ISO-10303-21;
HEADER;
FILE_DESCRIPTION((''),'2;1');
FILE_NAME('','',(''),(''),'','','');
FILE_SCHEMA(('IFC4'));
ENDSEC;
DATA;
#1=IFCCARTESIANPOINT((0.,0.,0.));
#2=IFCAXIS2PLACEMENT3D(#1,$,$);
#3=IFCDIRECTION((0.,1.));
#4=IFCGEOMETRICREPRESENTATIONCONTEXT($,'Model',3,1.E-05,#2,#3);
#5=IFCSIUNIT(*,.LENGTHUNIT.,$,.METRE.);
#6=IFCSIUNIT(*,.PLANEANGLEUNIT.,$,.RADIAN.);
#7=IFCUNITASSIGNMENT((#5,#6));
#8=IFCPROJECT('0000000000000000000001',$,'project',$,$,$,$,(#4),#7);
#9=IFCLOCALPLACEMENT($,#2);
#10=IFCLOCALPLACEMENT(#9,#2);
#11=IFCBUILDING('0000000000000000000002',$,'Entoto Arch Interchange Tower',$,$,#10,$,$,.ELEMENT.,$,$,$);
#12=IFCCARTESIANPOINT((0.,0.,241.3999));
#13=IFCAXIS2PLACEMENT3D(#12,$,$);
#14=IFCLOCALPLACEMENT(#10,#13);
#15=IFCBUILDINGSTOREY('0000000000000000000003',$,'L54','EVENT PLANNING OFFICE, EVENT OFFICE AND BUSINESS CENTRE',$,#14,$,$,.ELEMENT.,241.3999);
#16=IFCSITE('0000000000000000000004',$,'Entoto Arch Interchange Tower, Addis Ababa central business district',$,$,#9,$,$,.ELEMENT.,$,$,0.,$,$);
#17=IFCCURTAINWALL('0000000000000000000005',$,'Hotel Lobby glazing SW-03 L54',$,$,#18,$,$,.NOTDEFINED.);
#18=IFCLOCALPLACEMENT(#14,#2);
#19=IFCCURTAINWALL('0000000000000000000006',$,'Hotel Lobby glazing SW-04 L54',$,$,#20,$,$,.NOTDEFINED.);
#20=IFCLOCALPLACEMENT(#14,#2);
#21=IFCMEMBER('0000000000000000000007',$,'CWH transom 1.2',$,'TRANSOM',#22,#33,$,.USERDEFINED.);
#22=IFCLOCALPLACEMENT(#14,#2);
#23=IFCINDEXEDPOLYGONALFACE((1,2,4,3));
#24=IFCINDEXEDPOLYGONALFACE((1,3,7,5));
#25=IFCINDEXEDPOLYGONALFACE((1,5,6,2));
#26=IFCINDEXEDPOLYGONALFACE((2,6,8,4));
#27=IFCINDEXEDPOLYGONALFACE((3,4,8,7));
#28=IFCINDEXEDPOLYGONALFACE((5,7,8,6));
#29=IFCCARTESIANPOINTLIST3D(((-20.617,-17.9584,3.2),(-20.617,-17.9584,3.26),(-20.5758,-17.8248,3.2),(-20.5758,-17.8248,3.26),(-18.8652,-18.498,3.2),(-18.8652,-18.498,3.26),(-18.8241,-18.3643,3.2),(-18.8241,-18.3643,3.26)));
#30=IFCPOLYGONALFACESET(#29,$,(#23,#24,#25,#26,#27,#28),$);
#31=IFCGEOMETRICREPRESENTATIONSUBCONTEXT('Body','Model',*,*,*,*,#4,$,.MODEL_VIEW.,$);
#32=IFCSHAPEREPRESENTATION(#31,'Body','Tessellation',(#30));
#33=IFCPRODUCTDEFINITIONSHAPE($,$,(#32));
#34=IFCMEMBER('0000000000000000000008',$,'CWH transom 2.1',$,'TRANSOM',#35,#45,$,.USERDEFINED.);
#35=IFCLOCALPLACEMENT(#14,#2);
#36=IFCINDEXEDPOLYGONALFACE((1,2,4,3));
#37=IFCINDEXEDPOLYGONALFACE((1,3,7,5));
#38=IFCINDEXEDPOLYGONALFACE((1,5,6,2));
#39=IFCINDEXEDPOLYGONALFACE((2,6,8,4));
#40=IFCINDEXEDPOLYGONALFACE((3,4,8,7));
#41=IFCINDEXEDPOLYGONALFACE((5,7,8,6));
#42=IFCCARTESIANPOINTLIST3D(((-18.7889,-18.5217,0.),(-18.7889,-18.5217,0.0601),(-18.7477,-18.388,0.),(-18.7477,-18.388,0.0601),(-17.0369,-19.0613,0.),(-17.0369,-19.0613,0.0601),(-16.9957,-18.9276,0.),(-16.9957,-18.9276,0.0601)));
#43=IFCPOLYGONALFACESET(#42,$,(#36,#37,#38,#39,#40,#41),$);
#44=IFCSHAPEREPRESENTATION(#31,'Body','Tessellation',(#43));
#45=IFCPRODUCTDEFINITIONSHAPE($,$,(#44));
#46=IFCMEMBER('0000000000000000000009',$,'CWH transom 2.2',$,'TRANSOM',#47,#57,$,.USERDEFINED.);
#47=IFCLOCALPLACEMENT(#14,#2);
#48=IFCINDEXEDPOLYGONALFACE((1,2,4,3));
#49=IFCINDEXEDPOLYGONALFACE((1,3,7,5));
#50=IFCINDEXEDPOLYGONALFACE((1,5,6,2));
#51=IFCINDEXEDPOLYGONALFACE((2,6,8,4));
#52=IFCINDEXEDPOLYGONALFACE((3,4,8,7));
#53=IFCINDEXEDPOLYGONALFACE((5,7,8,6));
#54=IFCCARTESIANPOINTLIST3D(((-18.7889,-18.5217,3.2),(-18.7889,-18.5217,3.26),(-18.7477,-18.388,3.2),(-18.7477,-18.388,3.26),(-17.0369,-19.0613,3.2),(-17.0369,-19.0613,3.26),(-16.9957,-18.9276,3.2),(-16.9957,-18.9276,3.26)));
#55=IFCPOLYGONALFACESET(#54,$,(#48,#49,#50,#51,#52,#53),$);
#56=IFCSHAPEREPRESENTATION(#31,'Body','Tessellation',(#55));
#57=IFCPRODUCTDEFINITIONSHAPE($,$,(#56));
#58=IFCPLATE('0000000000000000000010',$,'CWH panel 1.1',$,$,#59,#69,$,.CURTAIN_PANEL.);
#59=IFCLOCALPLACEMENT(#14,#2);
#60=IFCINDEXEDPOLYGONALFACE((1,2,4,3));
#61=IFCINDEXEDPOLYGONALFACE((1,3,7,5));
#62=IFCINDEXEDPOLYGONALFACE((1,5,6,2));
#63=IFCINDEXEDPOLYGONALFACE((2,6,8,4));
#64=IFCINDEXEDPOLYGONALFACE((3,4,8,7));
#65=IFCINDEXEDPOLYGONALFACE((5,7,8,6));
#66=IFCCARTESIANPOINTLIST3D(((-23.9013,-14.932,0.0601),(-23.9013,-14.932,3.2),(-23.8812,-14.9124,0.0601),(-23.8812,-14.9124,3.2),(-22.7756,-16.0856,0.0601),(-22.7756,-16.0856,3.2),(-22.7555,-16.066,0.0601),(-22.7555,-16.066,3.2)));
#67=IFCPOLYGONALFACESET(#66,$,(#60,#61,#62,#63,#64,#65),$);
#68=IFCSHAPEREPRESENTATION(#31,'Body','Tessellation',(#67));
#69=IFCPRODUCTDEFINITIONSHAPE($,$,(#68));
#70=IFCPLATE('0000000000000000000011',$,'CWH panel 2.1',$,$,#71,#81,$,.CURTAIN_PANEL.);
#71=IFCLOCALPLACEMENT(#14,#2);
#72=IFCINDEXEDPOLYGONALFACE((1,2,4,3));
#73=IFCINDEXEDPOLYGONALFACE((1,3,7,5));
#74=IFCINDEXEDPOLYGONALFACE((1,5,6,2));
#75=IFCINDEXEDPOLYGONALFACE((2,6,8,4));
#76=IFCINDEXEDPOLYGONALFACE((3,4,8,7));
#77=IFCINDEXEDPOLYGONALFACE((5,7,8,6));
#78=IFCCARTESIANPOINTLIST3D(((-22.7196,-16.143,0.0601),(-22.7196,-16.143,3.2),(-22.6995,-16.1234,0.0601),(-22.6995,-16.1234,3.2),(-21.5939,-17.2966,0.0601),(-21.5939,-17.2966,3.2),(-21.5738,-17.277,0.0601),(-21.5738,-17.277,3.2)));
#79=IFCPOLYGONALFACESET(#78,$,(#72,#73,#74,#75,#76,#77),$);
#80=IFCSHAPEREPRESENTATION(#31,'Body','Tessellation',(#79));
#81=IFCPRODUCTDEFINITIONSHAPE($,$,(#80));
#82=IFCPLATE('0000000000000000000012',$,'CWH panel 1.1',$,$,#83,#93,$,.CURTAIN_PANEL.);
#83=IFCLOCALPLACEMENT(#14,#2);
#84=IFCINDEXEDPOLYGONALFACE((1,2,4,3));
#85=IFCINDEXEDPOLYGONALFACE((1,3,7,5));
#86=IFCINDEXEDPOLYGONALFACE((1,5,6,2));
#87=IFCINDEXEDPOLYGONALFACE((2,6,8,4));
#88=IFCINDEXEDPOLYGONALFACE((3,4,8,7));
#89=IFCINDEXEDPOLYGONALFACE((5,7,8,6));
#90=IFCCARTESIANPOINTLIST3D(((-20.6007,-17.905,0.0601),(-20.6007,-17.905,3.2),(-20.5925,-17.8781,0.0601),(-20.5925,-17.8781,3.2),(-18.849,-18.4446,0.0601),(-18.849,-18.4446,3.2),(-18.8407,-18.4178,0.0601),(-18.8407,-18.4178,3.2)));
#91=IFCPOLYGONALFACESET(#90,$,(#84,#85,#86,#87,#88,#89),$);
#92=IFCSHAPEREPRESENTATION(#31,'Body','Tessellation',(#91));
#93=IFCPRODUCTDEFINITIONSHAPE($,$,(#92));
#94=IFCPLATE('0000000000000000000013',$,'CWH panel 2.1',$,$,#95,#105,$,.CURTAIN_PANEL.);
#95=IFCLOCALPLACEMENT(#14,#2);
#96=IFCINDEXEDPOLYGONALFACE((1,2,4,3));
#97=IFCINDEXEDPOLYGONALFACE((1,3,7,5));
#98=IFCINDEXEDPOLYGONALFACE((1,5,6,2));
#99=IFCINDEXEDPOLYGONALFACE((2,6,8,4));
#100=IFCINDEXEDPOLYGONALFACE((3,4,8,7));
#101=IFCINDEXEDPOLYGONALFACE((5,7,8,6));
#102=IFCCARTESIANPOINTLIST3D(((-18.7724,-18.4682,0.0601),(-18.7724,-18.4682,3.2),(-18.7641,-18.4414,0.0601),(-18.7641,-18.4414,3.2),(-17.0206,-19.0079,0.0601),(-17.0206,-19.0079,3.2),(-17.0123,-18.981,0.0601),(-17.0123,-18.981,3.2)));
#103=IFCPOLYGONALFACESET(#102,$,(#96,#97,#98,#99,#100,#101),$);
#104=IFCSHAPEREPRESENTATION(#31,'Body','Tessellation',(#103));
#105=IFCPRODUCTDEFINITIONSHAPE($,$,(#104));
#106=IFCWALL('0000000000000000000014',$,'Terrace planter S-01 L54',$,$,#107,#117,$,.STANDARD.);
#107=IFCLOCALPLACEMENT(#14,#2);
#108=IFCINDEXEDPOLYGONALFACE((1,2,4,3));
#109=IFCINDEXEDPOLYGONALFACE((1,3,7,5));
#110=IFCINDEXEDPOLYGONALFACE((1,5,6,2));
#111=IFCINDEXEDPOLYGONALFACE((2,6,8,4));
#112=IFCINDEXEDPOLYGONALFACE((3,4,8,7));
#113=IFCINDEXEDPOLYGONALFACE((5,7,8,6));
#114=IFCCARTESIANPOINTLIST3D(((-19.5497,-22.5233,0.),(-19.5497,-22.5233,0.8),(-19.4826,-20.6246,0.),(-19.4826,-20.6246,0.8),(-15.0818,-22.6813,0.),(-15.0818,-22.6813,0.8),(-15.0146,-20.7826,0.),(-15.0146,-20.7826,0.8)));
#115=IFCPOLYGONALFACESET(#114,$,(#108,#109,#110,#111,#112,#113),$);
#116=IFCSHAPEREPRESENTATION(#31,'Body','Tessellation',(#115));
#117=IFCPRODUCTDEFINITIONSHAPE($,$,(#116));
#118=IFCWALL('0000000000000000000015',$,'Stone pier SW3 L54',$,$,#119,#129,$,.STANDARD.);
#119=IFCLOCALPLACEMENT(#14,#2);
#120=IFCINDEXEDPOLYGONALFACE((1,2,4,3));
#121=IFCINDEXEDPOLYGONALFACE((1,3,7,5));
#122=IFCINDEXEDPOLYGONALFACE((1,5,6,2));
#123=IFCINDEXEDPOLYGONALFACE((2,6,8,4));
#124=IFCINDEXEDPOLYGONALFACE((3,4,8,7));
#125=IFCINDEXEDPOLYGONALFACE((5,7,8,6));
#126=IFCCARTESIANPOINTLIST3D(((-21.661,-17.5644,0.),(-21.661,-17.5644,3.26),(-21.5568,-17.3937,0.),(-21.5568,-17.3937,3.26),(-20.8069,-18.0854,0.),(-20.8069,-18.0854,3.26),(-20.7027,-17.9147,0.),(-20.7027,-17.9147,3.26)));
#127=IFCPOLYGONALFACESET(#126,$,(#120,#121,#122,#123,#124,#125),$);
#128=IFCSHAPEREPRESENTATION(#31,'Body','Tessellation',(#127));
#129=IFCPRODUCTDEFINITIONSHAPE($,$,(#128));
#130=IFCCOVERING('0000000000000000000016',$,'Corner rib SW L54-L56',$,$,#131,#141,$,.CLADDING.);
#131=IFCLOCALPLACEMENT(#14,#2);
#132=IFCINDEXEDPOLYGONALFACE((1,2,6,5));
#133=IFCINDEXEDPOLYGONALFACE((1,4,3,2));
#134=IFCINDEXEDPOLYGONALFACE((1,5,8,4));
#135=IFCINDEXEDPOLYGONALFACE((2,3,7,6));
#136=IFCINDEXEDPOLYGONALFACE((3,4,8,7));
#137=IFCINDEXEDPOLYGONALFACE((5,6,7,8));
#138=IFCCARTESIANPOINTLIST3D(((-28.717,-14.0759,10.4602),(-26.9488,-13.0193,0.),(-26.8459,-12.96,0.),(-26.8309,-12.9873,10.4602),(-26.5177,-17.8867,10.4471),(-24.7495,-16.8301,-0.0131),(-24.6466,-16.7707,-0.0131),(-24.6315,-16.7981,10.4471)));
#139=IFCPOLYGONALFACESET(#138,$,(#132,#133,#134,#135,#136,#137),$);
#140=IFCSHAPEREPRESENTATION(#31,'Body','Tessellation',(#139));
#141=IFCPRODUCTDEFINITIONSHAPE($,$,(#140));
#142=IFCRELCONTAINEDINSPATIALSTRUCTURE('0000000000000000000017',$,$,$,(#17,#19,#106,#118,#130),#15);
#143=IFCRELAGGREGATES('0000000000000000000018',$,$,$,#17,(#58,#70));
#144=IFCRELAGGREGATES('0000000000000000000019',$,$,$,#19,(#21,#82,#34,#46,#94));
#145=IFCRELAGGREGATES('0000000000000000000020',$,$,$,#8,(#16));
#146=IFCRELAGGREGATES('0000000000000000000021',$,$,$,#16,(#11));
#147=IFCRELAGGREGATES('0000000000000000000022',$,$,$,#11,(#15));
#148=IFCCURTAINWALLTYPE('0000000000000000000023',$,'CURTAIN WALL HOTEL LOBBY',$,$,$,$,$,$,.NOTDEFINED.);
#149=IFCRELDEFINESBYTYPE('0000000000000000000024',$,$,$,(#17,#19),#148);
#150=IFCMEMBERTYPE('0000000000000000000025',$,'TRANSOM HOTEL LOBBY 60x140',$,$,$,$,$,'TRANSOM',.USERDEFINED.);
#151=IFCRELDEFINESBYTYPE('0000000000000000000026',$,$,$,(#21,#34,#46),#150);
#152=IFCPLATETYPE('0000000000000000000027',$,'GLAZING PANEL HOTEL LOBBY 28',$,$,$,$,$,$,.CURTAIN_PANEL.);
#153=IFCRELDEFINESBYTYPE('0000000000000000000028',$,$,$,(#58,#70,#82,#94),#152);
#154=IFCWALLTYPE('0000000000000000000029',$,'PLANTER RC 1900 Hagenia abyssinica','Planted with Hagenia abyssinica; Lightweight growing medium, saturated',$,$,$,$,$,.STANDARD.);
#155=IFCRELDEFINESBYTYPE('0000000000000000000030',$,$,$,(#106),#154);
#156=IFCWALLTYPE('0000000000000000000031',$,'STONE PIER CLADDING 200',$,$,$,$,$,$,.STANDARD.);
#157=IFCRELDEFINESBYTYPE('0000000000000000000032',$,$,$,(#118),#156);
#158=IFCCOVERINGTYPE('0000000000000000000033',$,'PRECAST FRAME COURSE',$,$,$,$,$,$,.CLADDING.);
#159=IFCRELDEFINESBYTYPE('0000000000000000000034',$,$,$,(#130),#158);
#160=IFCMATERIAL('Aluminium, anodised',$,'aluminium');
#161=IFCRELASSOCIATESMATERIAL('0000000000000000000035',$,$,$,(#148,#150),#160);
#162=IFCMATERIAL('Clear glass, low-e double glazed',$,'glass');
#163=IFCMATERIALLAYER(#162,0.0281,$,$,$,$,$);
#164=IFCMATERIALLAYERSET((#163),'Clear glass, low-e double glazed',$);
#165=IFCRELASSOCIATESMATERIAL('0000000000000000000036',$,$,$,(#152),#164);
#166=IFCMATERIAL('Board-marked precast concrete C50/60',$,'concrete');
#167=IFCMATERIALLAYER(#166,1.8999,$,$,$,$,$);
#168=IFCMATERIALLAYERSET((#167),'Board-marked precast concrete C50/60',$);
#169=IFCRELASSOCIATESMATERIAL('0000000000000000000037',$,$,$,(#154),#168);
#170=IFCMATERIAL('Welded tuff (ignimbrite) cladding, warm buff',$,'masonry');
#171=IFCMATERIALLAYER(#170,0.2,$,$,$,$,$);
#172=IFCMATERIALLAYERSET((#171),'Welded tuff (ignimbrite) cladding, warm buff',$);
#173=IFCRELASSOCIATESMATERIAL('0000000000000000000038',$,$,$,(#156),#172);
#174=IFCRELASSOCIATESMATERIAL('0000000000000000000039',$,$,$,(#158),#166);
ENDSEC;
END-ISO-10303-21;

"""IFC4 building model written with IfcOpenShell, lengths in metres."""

from ifc_helpers import new_model, si_unit, direction, frame, frame_2d, origin, origin_2d, place, context, subcontext, project, spatial, polyline, rectangle, outline, extrude, material, layer, layer_set, material_profile, profile_set, type_object, element, aggregate, save


model = new_model("IFC4")

# Units and contexts
model_context = context("Model", 3, precision=1e-05, world=origin(), true_north=direction((0.0, 1.0)))
body_context = subcontext(model_context, "Body", "Model", "MODEL_VIEW")
ifc_project = project(units=[si_unit("LENGTHUNIT", "METRE"), si_unit("PLANEANGLEUNIT", "RADIAN")], contexts=[model_context])

# Site, building, storey
site_placement = place(None, origin())
site = spatial("IfcSite", under=ifc_project, at=site_placement, Name="Entoto Arch Interchange Tower, Addis Ababa central business district", CompositionType="ELEMENT", RefElevation=0.0)
building_placement = place(site_placement, origin())
building = spatial("IfcBuilding", under=site, at=building_placement, Name="Entoto Arch Interchange Tower", CompositionType="ELEMENT")
storey_placement = place(building_placement, frame((0.0, 0.0, 241.3999)))
storey = spatial("IfcBuildingStorey", under=building, at=storey_placement, Name="L54", Description="EVENT PLANNING OFFICE, EVENT OFFICE AND BUSINESS CENTRE", CompositionType="ELEMENT", Elevation=241.3999)

# Shared definitions
ifc_material_1 = material(Name="Aluminium, anodised", Category="aluminium")
curtain_wall_type = type_object("IfcCurtainWallType", Name="CURTAIN WALL HOTEL LOBBY", PredefinedType="NOTDEFINED", material=ifc_material_1)

# Curtain walls
curtain_wall_1_placement = place(storey_placement, origin())
curtain_wall_1 = element("IfcCurtainWall", 1, at=curtain_wall_1_placement, inside=storey, type_object=curtain_wall_type, Name="Hotel Lobby glazing SW-03 L54", PredefinedType="NOTDEFINED")
curtain_wall_2_placement = place(storey_placement, origin())
curtain_wall_2 = element("IfcCurtainWall", 2, at=curtain_wall_2_placement, inside=storey, type_object=curtain_wall_type, Name="Hotel Lobby glazing SW-04 L54", PredefinedType="NOTDEFINED")

# Members
ifc_material_profile_1 = material_profile(ifc_material_1, rectangle(XDim=0.1399, YDim=0.0601, at=origin_2d()))
ifc_profile_set_1 = profile_set([ifc_material_profile_1], Name="Aluminium, anodised")
member_type_1 = type_object("IfcMemberType", Name="TRANSOM HOTEL LOBBY 60x140", ElementType="TRANSOM", PredefinedType="USERDEFINED", material=ifc_profile_set_1)
member_1_placement = place(storey_placement, frame((-20.5964, -17.8916, 3.23), z_axis=(0.955693, -0.294367, 0.0), x_axis=(0.294367, 0.955693, 0.0)))
member_1 = element("IfcMember", 3, at=member_1_placement, type_object=member_type_1, Name="CWH transom 1.2", ObjectType="TRANSOM", PredefinedType="USERDEFINED", context=body_context, shape_type="SweptSolid", body=[
    extrude(rectangle(XDim=0.1399, YDim=0.0601, at=origin_2d()), origin(), (0.0, 0.0, 1.0), 1.833),
])
member_2_placement = place(storey_placement, frame((-18.7683, -18.4548, 0.03), z_axis=(0.955704, -0.294329, 0.0), x_axis=(0.294329, 0.955704, 0.0)))
member_2 = element("IfcMember", 4, at=member_2_placement, type_object=member_type_1, Name="CWH transom 2.1", ObjectType="TRANSOM", PredefinedType="USERDEFINED", context=body_context, shape_type="SweptSolid", body=[
    extrude(rectangle(XDim=0.1399, YDim=0.0601, at=origin_2d()), origin(), (0.0, 0.0, 1.0), 1.8333),
])
member_3_placement = place(storey_placement, frame((-18.7683, -18.4548, 3.23), z_axis=(0.955704, -0.294329, 0.0), x_axis=(0.294329, 0.955704, 0.0)))
member_3 = element("IfcMember", 5, at=member_3_placement, type_object=member_type_1, Name="CWH transom 2.2", ObjectType="TRANSOM", PredefinedType="USERDEFINED", context=body_context, shape_type="SweptSolid", body=[
    extrude(rectangle(XDim=0.1399, YDim=0.0601, at=origin_2d()), origin(), (0.0, 0.0, 1.0), 1.8333),
])

# Plates
ifc_material_2 = material(Name="Clear glass, low-e double glazed", Category="glass")
ifc_layer_1 = layer(ifc_material_2, 0.0281)
ifc_layer_set_1 = layer_set([ifc_layer_1], Name="Clear glass, low-e double glazed")
plate_type = type_object("IfcPlateType", Name="GLAZING PANEL HOTEL LOBBY 28", PredefinedType="CURTAIN_PANEL", material=ifc_layer_set_1)
plate_1_placement = place(storey_placement, frame((-23.3284, -15.499, 0.0601), z_axis=(0.0, 0.0, 1.0), x_axis=(0.698392, -0.715715, 0.0)))
plate_1 = element("IfcPlate", 6, at=plate_1_placement, type_object=plate_type, Name="CWH panel 1.1", PredefinedType="CURTAIN_PANEL", context=body_context, shape_type="SweptSolid", body=[
    extrude(rectangle(XDim=1.6118, YDim=0.0281, at=origin_2d()), origin(), (0.0, 0.0, 1.0), 3.1399),
])
plate_2_placement = place(storey_placement, frame((-22.1467, -16.71, 0.0601), z_axis=(0.0, 0.0, 1.0), x_axis=(0.698392, -0.715715, 0.0)))
plate_2 = element("IfcPlate", 7, at=plate_2_placement, type_object=plate_type, Name="CWH panel 2.1", PredefinedType="CURTAIN_PANEL", context=body_context, shape_type="SweptSolid", body=[
    extrude(rectangle(XDim=1.6118, YDim=0.0281, at=origin_2d()), origin(), (0.0, 0.0, 1.0), 3.1399),
])
aggregate(curtain_wall_1, [plate_1, plate_2])
plate_3_placement = place(storey_placement, frame((-19.7207, -18.1614, 0.0601), z_axis=(0.0, 0.0, 1.0), x_axis=(0.955679, -0.29441, 0.0)))
plate_3 = element("IfcPlate", 8, at=plate_3_placement, type_object=plate_type, Name="CWH panel 1.1", PredefinedType="CURTAIN_PANEL", context=body_context, shape_type="SweptSolid", body=[
    extrude(rectangle(XDim=1.833, YDim=0.0281, at=origin_2d()), origin(), (0.0, 0.0, 1.0), 3.1399),
])
plate_4_placement = place(storey_placement, frame((-17.8923, -18.7246, 0.0601), z_axis=(0.0, 0.0, 1.0), x_axis=(0.955679, -0.29441, 0.0)))
plate_4 = element("IfcPlate", 9, at=plate_4_placement, type_object=plate_type, Name="CWH panel 2.1", PredefinedType="CURTAIN_PANEL", context=body_context, shape_type="SweptSolid", body=[
    extrude(rectangle(XDim=1.833, YDim=0.0281, at=origin_2d()), origin(), (0.0, 0.0, 1.0), 3.1399),
])
aggregate(curtain_wall_2, [member_1, plate_3, member_2, member_3, plate_4])

# Walls
ifc_material_3 = material(Name="Board-marked precast concrete C50/60", Category="concrete")
ifc_layer_2 = layer(ifc_material_3, 1.8999)
ifc_layer_set_2 = layer_set([ifc_layer_2], Name="Board-marked precast concrete C50/60")
wall_type_1 = type_object("IfcWallType", Name="PLANTER RC 1900 Hagenia abyssinica", Description="Planted with Hagenia abyssinica; Lightweight growing medium, saturated", PredefinedType="STANDARD", material=ifc_layer_set_2)
wall_1_placement = place(storey_placement, frame((-19.5161, -21.574, 0.0), z_axis=(0.0, 0.0, 1.0), x_axis=(0.999376, -0.035331, 0.0)))
element("IfcWall", 10, at=wall_1_placement, inside=storey, type_object=wall_type_1, Name="Terrace planter S-01 L54", PredefinedType="STANDARD", context=body_context, shape_type="SweptSolid", body=[
    extrude(rectangle(XDim=4.4707, YDim=1.8999, at=frame_2d((2.2354, 0.0))), origin(), (0.0, 0.0, 1.0), 0.8),
])
ifc_material_4 = material(Name="Welded tuff (ignimbrite) cladding, warm buff", Category="masonry")
ifc_layer_3 = layer(ifc_material_4, 0.2)
ifc_layer_set_3 = layer_set([ifc_layer_3], Name="Welded tuff (ignimbrite) cladding, warm buff")
wall_type_2 = type_object("IfcWallType", Name="STONE PIER CLADDING 200", PredefinedType="STANDARD", material=ifc_layer_set_3)
wall_2_placement = place(storey_placement, frame((-21.6089, -17.479, 0.0), z_axis=(0.0, 0.0, 1.0), x_axis=(0.85368, -0.520798, 0.0)))
element("IfcWall", 11, at=wall_2_placement, inside=storey, type_object=wall_type_2, Name="Stone pier SW3 L54", PredefinedType="STANDARD", context=body_context, shape_type="SweptSolid", body=[
    extrude(rectangle(XDim=1.0005, YDim=0.2, at=frame_2d((0.5002, 0.0))), origin(), (0.0, 0.0, 1.0), 3.26),
])

# Covering
covering_type = type_object("IfcCoveringType", Name="PRECAST FRAME COURSE", PredefinedType="CLADDING", material=ifc_material_3)
covering_placement = place(storey_placement, frame((-26.8459, -12.96, 0.0), z_axis=(-0.499864, 0.866099, 0.002987), x_axis=(-0.866102, -0.499867, -0.000008)))
element("IfcCovering", 12, at=covering_placement, inside=storey, type_object=covering_type, Name="Corner rib SW L54-L56", PredefinedType="CLADDING", context=body_context, shape_type="SweptSolid", body=[
    extrude(outline(polyline([(0.0, 0.0), (0.1188, 0.0), (2.1783, 10.4603), (0.0006, 10.4603), (0.0, 0.0)])), origin(), (0.0, 0.0, -1.0), 4.3999),
])

save(model, "model.ifc")
